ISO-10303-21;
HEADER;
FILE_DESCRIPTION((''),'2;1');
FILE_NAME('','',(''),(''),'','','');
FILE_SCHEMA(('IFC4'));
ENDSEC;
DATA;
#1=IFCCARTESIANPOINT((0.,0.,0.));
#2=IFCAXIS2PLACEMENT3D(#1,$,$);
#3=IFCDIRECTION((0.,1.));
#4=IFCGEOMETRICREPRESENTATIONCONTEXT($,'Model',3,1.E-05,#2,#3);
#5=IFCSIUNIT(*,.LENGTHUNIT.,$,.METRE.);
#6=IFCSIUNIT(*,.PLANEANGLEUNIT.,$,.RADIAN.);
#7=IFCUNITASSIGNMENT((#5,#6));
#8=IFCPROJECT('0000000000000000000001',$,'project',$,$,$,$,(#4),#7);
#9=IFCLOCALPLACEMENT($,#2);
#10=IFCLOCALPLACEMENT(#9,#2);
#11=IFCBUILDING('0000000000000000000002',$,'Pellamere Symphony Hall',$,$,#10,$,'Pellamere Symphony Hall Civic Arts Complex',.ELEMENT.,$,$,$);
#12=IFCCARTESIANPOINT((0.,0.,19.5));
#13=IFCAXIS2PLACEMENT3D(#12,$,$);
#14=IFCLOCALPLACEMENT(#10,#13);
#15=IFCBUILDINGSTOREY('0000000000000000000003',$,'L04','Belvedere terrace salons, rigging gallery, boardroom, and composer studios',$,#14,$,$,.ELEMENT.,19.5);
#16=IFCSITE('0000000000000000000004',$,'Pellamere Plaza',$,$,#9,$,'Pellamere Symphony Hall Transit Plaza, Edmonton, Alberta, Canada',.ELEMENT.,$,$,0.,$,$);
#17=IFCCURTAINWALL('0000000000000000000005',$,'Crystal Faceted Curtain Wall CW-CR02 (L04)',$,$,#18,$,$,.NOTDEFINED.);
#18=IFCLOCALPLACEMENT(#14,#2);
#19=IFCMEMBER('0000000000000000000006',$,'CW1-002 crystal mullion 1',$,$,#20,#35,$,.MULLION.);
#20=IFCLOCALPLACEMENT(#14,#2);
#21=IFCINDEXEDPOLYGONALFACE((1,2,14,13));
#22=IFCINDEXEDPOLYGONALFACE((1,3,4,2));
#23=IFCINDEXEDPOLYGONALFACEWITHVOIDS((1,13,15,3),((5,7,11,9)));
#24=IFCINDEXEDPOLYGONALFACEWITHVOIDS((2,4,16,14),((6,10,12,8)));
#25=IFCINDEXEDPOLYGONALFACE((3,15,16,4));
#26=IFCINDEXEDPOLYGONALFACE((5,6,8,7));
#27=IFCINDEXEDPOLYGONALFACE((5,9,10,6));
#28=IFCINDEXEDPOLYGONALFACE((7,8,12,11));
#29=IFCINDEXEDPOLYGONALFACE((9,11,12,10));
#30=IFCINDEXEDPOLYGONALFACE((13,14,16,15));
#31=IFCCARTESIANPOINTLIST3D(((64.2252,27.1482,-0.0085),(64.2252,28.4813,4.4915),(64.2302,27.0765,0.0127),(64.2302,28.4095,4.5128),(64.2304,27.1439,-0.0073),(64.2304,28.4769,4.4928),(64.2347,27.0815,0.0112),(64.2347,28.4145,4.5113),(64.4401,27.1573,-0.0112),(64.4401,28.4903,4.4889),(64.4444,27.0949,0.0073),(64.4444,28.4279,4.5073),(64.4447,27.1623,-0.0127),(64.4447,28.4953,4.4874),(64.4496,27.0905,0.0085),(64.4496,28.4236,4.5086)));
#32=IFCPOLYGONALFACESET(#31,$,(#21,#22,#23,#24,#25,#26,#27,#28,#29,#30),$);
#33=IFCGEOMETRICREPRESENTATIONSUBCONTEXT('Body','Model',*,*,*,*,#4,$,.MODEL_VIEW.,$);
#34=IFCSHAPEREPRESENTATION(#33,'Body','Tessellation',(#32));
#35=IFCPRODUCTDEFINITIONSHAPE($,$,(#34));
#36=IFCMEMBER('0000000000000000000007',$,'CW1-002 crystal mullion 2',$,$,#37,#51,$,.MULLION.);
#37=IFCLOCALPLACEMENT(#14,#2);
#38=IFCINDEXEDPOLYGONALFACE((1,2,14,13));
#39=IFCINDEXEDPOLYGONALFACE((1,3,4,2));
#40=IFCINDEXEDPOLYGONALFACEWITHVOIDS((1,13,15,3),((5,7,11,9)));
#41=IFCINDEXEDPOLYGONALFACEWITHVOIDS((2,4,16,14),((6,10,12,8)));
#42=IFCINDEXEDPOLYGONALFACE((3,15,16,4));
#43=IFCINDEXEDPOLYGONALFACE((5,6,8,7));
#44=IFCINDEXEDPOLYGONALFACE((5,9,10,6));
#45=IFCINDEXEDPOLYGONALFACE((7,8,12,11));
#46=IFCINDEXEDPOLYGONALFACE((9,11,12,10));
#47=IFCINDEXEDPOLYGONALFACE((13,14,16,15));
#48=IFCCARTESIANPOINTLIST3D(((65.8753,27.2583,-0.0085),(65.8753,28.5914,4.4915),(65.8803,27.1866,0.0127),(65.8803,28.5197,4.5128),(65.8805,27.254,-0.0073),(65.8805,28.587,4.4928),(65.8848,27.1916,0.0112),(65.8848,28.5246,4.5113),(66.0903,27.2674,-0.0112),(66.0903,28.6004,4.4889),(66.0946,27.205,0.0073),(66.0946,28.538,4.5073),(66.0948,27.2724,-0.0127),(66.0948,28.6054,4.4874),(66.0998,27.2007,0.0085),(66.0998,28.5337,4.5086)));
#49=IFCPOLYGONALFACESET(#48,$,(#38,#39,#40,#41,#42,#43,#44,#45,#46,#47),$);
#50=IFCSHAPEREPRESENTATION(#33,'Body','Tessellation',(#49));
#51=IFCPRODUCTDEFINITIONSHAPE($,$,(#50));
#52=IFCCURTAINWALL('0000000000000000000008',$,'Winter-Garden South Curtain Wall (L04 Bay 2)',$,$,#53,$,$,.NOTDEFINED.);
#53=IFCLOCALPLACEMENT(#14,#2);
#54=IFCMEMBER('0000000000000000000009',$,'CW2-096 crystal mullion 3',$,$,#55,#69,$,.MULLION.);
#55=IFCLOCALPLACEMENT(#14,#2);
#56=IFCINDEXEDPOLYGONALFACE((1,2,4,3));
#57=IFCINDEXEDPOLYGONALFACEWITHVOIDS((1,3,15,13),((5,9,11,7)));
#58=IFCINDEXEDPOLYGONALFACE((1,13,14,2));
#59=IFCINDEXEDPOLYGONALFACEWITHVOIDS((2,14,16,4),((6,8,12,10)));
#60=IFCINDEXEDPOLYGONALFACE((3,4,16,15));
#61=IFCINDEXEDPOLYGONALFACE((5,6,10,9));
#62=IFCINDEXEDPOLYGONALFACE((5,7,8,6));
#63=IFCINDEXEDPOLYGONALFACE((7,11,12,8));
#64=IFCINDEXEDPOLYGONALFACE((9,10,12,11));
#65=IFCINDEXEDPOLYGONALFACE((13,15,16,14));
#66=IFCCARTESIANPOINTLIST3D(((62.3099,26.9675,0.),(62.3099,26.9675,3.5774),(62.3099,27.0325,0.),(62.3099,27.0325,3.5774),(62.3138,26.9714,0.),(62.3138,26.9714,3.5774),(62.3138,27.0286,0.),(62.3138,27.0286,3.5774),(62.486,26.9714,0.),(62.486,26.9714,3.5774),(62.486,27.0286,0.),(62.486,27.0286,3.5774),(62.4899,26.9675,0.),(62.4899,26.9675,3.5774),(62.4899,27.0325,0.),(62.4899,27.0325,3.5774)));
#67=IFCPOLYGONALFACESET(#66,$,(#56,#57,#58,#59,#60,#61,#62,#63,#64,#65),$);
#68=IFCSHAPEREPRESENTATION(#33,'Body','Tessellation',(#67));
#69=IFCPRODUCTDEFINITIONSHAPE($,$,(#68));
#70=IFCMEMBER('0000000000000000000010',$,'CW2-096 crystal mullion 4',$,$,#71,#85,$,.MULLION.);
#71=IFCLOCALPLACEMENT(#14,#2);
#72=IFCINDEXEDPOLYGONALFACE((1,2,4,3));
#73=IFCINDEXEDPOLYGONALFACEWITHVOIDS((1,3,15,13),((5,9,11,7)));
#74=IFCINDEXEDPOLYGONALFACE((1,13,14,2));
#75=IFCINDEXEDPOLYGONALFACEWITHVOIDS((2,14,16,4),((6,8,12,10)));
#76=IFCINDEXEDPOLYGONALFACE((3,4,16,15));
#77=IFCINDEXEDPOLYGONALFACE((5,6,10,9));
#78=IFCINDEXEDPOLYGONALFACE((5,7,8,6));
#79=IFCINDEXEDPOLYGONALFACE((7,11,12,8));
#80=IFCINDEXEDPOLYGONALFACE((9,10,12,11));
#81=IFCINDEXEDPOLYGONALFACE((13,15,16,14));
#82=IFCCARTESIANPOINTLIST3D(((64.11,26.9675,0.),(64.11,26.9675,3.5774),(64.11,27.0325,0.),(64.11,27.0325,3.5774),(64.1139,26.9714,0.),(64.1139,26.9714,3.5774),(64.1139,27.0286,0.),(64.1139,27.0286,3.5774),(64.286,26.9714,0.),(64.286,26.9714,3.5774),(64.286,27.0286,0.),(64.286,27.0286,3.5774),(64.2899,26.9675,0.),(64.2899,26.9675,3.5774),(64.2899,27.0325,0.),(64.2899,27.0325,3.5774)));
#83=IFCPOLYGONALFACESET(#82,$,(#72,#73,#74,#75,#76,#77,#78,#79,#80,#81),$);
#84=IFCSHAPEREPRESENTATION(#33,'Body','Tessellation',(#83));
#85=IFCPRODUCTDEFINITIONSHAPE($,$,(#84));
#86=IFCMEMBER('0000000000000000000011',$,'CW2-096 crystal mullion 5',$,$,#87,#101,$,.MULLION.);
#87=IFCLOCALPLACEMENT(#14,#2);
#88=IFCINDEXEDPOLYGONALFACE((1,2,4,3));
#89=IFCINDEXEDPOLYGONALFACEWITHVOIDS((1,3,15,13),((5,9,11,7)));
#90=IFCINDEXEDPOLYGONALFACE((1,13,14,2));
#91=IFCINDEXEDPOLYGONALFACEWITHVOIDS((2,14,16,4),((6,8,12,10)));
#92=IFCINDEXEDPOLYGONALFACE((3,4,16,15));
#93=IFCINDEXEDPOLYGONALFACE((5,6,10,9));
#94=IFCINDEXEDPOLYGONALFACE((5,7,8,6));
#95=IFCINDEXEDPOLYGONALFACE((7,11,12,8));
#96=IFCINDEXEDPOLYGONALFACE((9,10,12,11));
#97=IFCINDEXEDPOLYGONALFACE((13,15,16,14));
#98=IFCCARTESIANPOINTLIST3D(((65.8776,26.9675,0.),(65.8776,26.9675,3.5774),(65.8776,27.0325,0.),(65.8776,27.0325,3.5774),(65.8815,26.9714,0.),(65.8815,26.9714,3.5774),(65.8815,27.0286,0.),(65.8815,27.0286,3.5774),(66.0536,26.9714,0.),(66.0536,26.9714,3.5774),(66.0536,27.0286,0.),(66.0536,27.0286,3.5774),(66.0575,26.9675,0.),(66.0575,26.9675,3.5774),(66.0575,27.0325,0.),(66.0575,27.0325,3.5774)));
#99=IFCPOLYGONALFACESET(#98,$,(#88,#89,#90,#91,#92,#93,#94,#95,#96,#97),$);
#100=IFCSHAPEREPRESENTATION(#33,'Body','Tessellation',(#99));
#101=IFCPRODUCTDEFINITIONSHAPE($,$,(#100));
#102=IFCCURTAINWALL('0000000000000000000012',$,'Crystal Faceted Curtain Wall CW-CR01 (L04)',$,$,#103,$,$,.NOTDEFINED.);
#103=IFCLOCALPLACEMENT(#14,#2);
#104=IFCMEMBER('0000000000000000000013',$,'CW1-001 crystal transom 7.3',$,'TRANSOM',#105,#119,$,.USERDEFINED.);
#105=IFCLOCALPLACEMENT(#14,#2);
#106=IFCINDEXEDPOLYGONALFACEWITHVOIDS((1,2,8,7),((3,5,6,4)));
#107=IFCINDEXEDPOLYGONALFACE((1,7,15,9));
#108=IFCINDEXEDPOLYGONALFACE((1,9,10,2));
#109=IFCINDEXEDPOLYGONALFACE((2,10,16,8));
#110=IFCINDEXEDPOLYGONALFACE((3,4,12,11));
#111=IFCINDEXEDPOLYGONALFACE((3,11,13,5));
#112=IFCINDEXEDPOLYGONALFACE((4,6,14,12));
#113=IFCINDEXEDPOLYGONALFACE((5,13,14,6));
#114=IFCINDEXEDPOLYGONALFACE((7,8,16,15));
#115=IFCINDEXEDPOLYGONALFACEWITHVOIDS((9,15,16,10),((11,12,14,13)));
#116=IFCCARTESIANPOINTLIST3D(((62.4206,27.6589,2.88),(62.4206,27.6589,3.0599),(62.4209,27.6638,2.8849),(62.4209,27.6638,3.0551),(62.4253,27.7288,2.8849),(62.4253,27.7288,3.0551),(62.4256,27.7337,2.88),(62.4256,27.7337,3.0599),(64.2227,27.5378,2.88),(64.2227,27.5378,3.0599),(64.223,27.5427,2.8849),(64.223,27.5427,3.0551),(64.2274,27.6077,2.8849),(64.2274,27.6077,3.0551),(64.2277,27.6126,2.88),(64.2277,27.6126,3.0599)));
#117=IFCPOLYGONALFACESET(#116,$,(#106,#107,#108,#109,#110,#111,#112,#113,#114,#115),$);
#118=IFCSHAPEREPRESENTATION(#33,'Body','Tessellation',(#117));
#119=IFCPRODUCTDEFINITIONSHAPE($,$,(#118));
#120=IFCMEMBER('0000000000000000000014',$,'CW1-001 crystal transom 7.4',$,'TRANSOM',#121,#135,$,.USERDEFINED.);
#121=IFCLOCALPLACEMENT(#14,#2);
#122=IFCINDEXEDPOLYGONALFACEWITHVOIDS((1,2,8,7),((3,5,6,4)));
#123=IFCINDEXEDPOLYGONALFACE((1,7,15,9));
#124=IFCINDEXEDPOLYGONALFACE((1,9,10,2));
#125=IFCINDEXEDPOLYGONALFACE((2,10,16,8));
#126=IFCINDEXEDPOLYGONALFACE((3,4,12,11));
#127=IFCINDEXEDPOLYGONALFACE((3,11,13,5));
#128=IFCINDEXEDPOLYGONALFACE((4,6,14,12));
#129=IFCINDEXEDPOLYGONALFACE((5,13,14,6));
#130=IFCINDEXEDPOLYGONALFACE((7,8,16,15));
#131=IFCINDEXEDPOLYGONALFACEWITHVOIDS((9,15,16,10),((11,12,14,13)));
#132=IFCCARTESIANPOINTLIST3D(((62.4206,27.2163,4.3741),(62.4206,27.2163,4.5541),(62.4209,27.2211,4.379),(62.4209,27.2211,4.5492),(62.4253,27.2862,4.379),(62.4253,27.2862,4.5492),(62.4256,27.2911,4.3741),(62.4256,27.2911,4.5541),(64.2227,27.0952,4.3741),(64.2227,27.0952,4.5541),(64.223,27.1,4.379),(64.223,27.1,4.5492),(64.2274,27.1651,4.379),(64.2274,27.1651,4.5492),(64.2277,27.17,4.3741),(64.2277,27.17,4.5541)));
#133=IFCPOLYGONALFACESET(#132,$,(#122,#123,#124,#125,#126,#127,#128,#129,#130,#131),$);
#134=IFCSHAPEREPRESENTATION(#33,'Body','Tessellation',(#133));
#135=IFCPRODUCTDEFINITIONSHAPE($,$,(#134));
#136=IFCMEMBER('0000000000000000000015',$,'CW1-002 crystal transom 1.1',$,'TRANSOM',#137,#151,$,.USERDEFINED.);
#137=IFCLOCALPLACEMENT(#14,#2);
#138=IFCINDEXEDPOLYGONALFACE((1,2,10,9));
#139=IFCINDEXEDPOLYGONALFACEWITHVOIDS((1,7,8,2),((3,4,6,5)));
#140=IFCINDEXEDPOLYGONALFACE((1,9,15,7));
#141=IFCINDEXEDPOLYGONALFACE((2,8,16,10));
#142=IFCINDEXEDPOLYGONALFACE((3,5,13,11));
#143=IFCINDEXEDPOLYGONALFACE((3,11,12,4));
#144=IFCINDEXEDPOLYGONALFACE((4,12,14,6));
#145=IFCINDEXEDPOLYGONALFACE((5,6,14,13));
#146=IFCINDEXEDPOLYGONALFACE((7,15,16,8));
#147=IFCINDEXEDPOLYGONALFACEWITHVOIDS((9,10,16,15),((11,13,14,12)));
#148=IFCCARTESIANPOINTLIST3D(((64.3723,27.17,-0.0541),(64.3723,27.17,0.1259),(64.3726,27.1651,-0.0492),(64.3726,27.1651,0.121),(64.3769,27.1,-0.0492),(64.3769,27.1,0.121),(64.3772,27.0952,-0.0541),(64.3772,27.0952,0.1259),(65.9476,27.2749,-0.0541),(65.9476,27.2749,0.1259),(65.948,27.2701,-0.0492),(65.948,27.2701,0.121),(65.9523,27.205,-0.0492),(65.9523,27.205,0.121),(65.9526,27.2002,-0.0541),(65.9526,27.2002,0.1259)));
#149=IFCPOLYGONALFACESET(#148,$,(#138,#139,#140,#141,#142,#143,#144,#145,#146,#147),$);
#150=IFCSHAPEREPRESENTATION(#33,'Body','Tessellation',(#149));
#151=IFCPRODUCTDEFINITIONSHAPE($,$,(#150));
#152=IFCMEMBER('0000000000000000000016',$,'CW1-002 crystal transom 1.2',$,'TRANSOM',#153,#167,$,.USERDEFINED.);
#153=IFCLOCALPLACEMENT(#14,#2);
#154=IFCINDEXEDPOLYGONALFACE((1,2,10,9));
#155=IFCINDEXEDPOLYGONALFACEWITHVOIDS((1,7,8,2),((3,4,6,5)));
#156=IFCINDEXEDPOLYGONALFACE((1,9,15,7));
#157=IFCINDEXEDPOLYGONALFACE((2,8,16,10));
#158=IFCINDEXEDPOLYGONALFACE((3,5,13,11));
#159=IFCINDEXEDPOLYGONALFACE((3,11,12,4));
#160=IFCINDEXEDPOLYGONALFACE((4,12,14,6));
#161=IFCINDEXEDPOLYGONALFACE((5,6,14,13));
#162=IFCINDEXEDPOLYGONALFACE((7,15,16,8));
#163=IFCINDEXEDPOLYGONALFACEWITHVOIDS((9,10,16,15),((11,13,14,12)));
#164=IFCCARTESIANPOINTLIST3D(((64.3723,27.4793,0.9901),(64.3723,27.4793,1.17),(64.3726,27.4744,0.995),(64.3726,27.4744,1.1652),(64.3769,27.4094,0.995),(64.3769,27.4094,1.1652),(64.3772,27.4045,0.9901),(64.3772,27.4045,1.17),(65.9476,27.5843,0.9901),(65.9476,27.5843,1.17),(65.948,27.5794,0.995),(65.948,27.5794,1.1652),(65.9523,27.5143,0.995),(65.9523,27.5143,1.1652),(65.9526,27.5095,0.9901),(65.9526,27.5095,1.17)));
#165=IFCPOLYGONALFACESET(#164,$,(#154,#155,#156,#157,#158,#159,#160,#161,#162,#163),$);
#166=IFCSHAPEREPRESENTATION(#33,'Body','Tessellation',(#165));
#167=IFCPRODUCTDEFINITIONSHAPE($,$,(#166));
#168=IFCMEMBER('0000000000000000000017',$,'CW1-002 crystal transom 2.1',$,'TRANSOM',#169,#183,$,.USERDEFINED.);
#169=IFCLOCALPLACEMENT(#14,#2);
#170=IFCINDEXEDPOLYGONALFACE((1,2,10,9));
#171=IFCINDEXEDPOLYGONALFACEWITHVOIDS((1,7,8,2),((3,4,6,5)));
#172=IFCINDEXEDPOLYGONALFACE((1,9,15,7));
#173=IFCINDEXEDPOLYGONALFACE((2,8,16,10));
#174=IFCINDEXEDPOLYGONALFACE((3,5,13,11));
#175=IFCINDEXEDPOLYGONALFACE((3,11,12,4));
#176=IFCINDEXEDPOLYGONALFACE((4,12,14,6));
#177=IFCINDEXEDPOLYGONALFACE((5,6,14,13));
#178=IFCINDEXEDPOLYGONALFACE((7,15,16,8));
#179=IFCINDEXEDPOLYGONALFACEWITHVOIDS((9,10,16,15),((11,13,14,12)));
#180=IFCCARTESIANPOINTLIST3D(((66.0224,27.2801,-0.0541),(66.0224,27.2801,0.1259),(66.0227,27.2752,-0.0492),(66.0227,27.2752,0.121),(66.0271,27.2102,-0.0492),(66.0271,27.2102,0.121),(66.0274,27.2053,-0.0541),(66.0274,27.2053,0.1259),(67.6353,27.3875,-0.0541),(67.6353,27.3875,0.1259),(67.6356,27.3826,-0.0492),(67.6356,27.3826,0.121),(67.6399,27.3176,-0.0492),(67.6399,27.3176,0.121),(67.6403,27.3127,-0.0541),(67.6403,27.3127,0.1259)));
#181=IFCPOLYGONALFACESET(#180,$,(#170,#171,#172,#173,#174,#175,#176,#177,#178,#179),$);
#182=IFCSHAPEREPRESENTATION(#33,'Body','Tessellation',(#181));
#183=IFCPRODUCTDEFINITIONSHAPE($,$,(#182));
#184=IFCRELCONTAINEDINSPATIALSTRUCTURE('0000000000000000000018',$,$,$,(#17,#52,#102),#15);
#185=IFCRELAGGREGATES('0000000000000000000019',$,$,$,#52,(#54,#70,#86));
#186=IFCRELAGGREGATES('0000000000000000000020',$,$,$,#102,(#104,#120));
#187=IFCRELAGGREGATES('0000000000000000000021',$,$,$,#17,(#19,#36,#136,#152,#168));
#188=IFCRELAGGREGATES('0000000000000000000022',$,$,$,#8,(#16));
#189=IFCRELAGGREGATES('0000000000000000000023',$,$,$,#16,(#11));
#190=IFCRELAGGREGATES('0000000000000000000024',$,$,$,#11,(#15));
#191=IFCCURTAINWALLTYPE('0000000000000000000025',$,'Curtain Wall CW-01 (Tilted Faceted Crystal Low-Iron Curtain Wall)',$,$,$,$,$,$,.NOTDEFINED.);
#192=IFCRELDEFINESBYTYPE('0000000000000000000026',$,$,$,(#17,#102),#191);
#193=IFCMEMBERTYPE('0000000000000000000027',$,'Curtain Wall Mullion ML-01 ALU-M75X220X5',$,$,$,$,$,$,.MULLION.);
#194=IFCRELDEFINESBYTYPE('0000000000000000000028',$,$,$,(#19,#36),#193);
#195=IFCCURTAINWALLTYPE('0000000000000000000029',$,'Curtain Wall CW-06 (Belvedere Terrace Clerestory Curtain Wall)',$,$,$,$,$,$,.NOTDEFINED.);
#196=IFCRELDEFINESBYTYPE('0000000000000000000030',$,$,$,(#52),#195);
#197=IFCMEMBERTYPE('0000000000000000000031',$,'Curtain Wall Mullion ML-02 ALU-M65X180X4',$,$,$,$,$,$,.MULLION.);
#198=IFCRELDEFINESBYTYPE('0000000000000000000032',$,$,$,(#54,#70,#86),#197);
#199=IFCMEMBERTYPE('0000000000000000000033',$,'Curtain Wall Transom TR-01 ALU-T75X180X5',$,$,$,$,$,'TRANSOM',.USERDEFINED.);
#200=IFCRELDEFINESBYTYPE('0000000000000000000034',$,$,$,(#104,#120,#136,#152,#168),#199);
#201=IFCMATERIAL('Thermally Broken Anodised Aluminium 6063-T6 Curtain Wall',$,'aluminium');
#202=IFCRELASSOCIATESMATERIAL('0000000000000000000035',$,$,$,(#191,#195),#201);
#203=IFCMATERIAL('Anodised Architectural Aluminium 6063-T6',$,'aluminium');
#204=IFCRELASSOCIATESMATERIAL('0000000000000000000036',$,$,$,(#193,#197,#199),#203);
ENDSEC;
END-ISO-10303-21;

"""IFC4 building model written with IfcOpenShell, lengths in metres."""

from ifc_helpers import new_model, si_unit, direction, frame, origin, origin_2d, place, context, subcontext, project, spatial, hollow_rectangle, extrude, material, material_profile, profile_set, type_object, element, aggregate, save


model = new_model("IFC4")

# Units and contexts
model_context = context("Model", 3, precision=1e-05, world=origin(), true_north=direction((0.0, 1.0)))
body_context = subcontext(model_context, "Body", "Model", "MODEL_VIEW")
ifc_project = project(units=[si_unit("LENGTHUNIT", "METRE"), si_unit("PLANEANGLEUNIT", "RADIAN")], contexts=[model_context])

# Site, building, storey
site_placement = place(None, origin())
site = spatial("IfcSite", under=ifc_project, at=site_placement, Name="Pellamere Plaza", LongName="Pellamere Symphony Hall Transit Plaza, Edmonton, Alberta, Canada", CompositionType="ELEMENT", RefElevation=0.0)
building_placement = place(site_placement, origin())
building = spatial("IfcBuilding", under=site, at=building_placement, Name="Pellamere Symphony Hall", LongName="Pellamere Symphony Hall Civic Arts Complex", CompositionType="ELEMENT")
storey_placement = place(building_placement, frame((0.0, 0.0, 19.5)))
storey = spatial("IfcBuildingStorey", under=building, at=storey_placement, Name="L04", Description="Belvedere terrace salons, rigging gallery, boardroom, and composer studios", CompositionType="ELEMENT", Elevation=19.5)

# Curtain walls, members
ifc_material_1 = material(Name="Thermally Broken Anodised Aluminium 6063-T6 Curtain Wall", Category="aluminium")
curtain_wall_type_1 = type_object("IfcCurtainWallType", Name="Curtain Wall CW-01 (Tilted Faceted Crystal Low-Iron Curtain Wall)", PredefinedType="NOTDEFINED", material=ifc_material_1)
curtain_wall_1_placement = place(storey_placement, origin())
curtain_wall_1 = element("IfcCurtainWall", 1, at=curtain_wall_1_placement, inside=storey, type_object=curtain_wall_type_1, Name="Crystal Faceted Curtain Wall CW-CR02 (L04)", PredefinedType="NOTDEFINED")
ifc_material_2 = material(Name="Anodised Architectural Aluminium 6063-T6", Category="aluminium")
ifc_material_profile_1 = material_profile(ifc_material_2, hollow_rectangle(XDim=0.075, YDim=0.22, WallThickness=0.0049, at=origin_2d()), Name="ALU-M75X220X5")
ifc_profile_set_1 = profile_set([ifc_material_profile_1], Name="Anodised Architectural Aluminium 6063-T6")
member_type_1 = type_object("IfcMemberType", Name="Curtain Wall Mullion ML-01 ALU-M75X220X5", PredefinedType="MULLION", material=ifc_profile_set_1)
member_1_placement = place(storey_placement, frame((64.3374, 27.1194, 0.0), z_axis=(0.0, 0.284025, 0.958817), x_axis=(0.066519, -0.956693, 0.283395)))
member_1 = element("IfcMember", 2, at=member_1_placement, type_object=member_type_1, Name="CW1-002 crystal mullion 1", PredefinedType="MULLION", context=body_context, shape_type="SweptSolid", body=[
    extrude(hollow_rectangle(XDim=0.075, YDim=0.22, WallThickness=0.0049, at=origin_2d()), origin(), (0.0, 0.0, 1.0), 4.6934),
])
member_2_placement = place(storey_placement, frame((65.9875, 27.2295, 0.0), z_axis=(0.0, 0.284025, 0.958817), x_axis=(0.066519, -0.956693, 0.283395)))
member_2 = element("IfcMember", 3, at=member_2_placement, type_object=member_type_1, Name="CW1-002 crystal mullion 2", PredefinedType="MULLION", context=body_context, shape_type="SweptSolid", body=[
    extrude(hollow_rectangle(XDim=0.075, YDim=0.22, WallThickness=0.0049, at=origin_2d()), origin(), (0.0, 0.0, 1.0), 4.6934),
])
curtain_wall_type_2 = type_object("IfcCurtainWallType", Name="Curtain Wall CW-06 (Belvedere Terrace Clerestory Curtain Wall)", PredefinedType="NOTDEFINED", material=ifc_material_1)
curtain_wall_2_placement = place(storey_placement, origin())
curtain_wall_2 = element("IfcCurtainWall", 4, at=curtain_wall_2_placement, inside=storey, type_object=curtain_wall_type_2, Name="Winter-Garden South Curtain Wall (L04 Bay 2)", PredefinedType="NOTDEFINED")
ifc_material_profile_2 = material_profile(ifc_material_2, hollow_rectangle(XDim=0.0649, YDim=0.1799, WallThickness=0.0039, at=origin_2d()), Name="ALU-M65X180X4")
ifc_profile_set_2 = profile_set([ifc_material_profile_2], Name="Anodised Architectural Aluminium 6063-T6")
member_type_2 = type_object("IfcMemberType", Name="Curtain Wall Mullion ML-02 ALU-M65X180X4", PredefinedType="MULLION", material=ifc_profile_set_2)
member_3_placement = place(storey_placement, frame((62.3999, 27.0, 0.0), z_axis=(0.0, 0.0, 1.0), x_axis=(0.0, 1.0, 0.0)))
member_3 = element("IfcMember", 5, at=member_3_placement, type_object=member_type_2, Name="CW2-096 crystal mullion 3", PredefinedType="MULLION", context=body_context, shape_type="SweptSolid", body=[
    extrude(hollow_rectangle(XDim=0.0649, YDim=0.1799, WallThickness=0.0039, at=origin_2d()), origin(), (0.0, 0.0, 1.0), 3.5774),
])
member_4_placement = place(storey_placement, frame((64.2, 27.0, 0.0), z_axis=(0.0, 0.0, 1.0), x_axis=(0.0, 1.0, 0.0)))
member_4 = element("IfcMember", 6, at=member_4_placement, type_object=member_type_2, Name="CW2-096 crystal mullion 4", PredefinedType="MULLION", context=body_context, shape_type="SweptSolid", body=[
    extrude(hollow_rectangle(XDim=0.0649, YDim=0.1799, WallThickness=0.0039, at=origin_2d()), origin(), (0.0, 0.0, 1.0), 3.5774),
])
member_5_placement = place(storey_placement, frame((65.9675, 27.0, 0.0), z_axis=(0.0, 0.0, 1.0), x_axis=(0.0, 1.0, 0.0)))
member_5 = element("IfcMember", 7, at=member_5_placement, type_object=member_type_2, Name="CW2-096 crystal mullion 5", PredefinedType="MULLION", context=body_context, shape_type="SweptSolid", body=[
    extrude(hollow_rectangle(XDim=0.0649, YDim=0.1799, WallThickness=0.0039, at=origin_2d()), origin(), (0.0, 0.0, 1.0), 3.5774),
])
curtain_wall_3_placement = place(storey_placement, origin())
curtain_wall_3 = element("IfcCurtainWall", 8, at=curtain_wall_3_placement, inside=storey, type_object=curtain_wall_type_1, Name="Crystal Faceted Curtain Wall CW-CR01 (L04)", PredefinedType="NOTDEFINED")
ifc_material_profile_3 = material_profile(ifc_material_2, hollow_rectangle(XDim=0.075, YDim=0.1799, WallThickness=0.0049, at=origin_2d()), Name="ALU-T75X180X5")
ifc_profile_set_3 = profile_set([ifc_material_profile_3], Name="Anodised Architectural Aluminium 6063-T6")
member_type_3 = type_object("IfcMemberType", Name="Curtain Wall Transom TR-01 ALU-T75X180X5", ElementType="TRANSOM", PredefinedType="USERDEFINED", material=ifc_profile_set_3)
member_6_placement = place(storey_placement, frame((62.4231, 27.6963, 2.97), z_axis=(0.99775, -0.067048, 0.0), x_axis=(0.067048, 0.99775, 0.0)))
member_6 = element("IfcMember", 9, at=member_6_placement, type_object=member_type_3, Name="CW1-001 crystal transom 7.3", ObjectType="TRANSOM", PredefinedType="USERDEFINED", context=body_context, shape_type="SweptSolid", body=[
    extrude(hollow_rectangle(XDim=0.075, YDim=0.1799, WallThickness=0.0049, at=origin_2d()), origin(), (0.0, 0.0, 1.0), 1.8062),
])
member_7_placement = place(storey_placement, frame((62.4231, 27.2537, 4.4641), z_axis=(0.99775, -0.067048, 0.0), x_axis=(0.067048, 0.99775, 0.0)))
member_7 = element("IfcMember", 10, at=member_7_placement, type_object=member_type_3, Name="CW1-001 crystal transom 7.4", ObjectType="TRANSOM", PredefinedType="USERDEFINED", context=body_context, shape_type="SweptSolid", body=[
    extrude(hollow_rectangle(XDim=0.075, YDim=0.1799, WallThickness=0.0049, at=origin_2d()), origin(), (0.0, 0.0, 1.0), 1.8062),
])

# Members
member_8_placement = place(storey_placement, frame((64.3748, 27.1326, 0.0359), z_axis=(0.997787, 0.066488, 0.0), x_axis=(-0.066488, 0.997787, 0.0)))
member_8 = element("IfcMember", 11, at=member_8_placement, type_object=member_type_3, Name="CW1-002 crystal transom 1.1", ObjectType="TRANSOM", PredefinedType="USERDEFINED", context=body_context, shape_type="SweptSolid", body=[
    extrude(hollow_rectangle(XDim=0.075, YDim=0.1799, WallThickness=0.0049, at=origin_2d()), origin(), (0.0, 0.0, 1.0), 1.5789),
])
member_9_placement = place(storey_placement, frame((64.3748, 27.4419, 1.0801), z_axis=(0.997787, 0.066488, 0.0), x_axis=(-0.066488, 0.997787, 0.0)))
member_9 = element("IfcMember", 12, at=member_9_placement, type_object=member_type_3, Name="CW1-002 crystal transom 1.2", ObjectType="TRANSOM", PredefinedType="USERDEFINED", context=body_context, shape_type="SweptSolid", body=[
    extrude(hollow_rectangle(XDim=0.075, YDim=0.1799, WallThickness=0.0049, at=origin_2d()), origin(), (0.0, 0.0, 1.0), 1.5789),
])
member_10_placement = place(storey_placement, frame((66.0249, 27.2427, 0.0359), z_axis=(0.997789, 0.066459, 0.0), x_axis=(-0.066459, 0.997789, 0.0)))
member_10 = element("IfcMember", 13, at=member_10_placement, type_object=member_type_3, Name="CW1-002 crystal transom 2.1", ObjectType="TRANSOM", PredefinedType="USERDEFINED", context=body_context, shape_type="SweptSolid", body=[
    extrude(hollow_rectangle(XDim=0.075, YDim=0.1799, WallThickness=0.0049, at=origin_2d()), origin(), (0.0, 0.0, 1.0), 1.6165),
])

aggregate(curtain_wall_2, [member_3, member_4, member_5])
aggregate(curtain_wall_3, [member_6, member_7])
aggregate(curtain_wall_1, [member_1, member_2, member_8, member_9, member_10])

save(model, "model.ifc")
